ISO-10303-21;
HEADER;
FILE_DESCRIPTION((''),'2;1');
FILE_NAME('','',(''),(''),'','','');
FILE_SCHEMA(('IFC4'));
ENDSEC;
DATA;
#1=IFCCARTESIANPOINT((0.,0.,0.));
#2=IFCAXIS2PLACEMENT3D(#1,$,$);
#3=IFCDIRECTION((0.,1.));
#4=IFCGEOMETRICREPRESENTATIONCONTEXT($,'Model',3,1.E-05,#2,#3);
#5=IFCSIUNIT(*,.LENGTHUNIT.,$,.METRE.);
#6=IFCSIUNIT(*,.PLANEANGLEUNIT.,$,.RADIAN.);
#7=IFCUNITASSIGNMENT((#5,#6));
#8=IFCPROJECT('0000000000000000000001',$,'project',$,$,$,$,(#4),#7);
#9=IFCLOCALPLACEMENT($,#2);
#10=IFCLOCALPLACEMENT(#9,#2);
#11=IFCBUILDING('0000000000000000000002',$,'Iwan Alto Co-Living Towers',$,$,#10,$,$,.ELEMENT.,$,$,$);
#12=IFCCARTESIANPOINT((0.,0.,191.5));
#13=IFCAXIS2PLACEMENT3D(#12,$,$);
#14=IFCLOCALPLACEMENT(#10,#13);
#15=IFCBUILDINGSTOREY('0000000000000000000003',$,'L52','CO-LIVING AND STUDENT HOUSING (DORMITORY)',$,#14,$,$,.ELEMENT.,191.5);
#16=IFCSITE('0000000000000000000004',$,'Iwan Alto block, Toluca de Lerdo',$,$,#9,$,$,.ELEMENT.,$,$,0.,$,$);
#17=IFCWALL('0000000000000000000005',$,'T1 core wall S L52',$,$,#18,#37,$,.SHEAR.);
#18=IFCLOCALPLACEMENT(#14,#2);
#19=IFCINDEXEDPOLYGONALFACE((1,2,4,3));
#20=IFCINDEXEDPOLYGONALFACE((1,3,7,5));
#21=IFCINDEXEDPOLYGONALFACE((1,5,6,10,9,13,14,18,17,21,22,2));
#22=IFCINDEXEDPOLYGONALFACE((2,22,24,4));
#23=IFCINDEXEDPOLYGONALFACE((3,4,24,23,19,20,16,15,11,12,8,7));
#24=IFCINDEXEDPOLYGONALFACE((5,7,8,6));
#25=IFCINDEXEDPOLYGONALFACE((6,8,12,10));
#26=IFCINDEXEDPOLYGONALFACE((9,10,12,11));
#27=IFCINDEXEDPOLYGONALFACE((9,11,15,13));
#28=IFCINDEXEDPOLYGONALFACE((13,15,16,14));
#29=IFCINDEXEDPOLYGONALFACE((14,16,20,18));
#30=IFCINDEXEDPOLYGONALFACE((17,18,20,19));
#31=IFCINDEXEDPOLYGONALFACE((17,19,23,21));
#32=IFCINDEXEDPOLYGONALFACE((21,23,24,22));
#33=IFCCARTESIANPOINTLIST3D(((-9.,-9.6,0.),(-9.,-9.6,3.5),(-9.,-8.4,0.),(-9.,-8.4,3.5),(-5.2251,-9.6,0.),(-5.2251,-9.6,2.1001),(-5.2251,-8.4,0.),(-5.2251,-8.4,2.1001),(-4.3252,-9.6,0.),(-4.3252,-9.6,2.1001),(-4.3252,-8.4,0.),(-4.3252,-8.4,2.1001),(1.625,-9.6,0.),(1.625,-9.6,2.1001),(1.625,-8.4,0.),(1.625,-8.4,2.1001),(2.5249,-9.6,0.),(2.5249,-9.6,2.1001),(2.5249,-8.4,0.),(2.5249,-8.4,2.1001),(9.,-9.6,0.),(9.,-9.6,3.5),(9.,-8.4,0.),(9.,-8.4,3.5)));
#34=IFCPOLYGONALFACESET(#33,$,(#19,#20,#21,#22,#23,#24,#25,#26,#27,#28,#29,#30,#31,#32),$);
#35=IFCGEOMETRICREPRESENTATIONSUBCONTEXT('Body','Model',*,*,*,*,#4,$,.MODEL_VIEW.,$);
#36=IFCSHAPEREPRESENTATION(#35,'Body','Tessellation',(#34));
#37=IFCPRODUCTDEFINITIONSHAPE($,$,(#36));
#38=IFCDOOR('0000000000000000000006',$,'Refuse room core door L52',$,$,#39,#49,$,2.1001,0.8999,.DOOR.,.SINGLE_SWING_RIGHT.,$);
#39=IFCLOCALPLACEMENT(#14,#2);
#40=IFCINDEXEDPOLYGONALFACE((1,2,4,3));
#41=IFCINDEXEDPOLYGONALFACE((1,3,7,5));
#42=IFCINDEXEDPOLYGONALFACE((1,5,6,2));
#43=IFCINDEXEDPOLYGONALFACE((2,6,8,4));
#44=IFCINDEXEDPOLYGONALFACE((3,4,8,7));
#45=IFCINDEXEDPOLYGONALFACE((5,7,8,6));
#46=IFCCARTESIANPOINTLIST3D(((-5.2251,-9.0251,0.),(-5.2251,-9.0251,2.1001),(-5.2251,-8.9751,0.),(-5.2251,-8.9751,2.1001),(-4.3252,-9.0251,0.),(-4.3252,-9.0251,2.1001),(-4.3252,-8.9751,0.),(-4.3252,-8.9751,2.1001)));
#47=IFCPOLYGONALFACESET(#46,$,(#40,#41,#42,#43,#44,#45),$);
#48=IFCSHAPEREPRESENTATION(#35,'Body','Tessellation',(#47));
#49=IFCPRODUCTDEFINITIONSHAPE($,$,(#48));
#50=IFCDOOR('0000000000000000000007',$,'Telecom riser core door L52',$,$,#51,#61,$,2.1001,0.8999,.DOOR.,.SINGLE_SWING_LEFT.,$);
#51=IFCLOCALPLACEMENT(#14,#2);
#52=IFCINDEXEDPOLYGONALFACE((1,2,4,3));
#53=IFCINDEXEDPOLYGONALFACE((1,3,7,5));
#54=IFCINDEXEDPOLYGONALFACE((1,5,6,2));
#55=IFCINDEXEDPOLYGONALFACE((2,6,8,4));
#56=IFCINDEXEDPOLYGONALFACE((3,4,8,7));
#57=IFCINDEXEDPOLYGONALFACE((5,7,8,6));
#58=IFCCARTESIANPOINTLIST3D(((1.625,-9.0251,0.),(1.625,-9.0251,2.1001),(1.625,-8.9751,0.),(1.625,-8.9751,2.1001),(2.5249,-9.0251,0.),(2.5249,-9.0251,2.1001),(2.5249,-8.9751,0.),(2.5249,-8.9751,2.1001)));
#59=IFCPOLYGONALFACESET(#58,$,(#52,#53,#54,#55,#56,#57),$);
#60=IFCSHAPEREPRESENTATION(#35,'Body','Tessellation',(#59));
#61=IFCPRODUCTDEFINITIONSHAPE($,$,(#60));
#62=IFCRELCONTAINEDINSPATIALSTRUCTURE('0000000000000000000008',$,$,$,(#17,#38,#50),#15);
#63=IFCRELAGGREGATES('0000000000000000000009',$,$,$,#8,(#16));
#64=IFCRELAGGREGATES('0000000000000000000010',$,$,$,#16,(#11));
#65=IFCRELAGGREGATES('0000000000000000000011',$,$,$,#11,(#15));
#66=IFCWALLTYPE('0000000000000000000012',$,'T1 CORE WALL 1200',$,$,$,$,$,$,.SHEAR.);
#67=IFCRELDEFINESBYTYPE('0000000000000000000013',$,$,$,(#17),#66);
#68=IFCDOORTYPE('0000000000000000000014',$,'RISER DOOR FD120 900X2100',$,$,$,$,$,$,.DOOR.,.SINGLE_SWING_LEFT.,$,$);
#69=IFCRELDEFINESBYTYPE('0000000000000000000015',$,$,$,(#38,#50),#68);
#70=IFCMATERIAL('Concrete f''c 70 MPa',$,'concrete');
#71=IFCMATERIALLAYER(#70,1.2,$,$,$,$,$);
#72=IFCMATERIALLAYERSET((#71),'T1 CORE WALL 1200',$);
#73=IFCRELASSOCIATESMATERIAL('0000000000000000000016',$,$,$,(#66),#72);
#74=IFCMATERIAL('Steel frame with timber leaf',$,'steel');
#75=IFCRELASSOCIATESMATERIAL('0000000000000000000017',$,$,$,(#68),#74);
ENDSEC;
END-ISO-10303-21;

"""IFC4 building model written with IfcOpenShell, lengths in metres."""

from ifc_helpers import new_model, si_unit, direction, frame, frame_2d, origin, place, context, subcontext, project, spatial, rectangle, extrude, material, layer, layer_set, type_object, element, fill, save


model = new_model("IFC4")

# Units and contexts
model_context = context("Model", 3, precision=1e-05, world=origin(), true_north=direction((0.0, 1.0)))
body_context = subcontext(model_context, "Body", "Model", "MODEL_VIEW")
ifc_project = project(units=[si_unit("LENGTHUNIT", "METRE"), si_unit("PLANEANGLEUNIT", "RADIAN")], contexts=[model_context])

# Site, building, storey
site_placement = place(None, origin())
site = spatial("IfcSite", under=ifc_project, at=site_placement, Name="Iwan Alto block, Toluca de Lerdo", CompositionType="ELEMENT", RefElevation=0.0)
building_placement = place(site_placement, origin())
building = spatial("IfcBuilding", under=site, at=building_placement, Name="Iwan Alto Co-Living Towers", CompositionType="ELEMENT")
storey_placement = place(building_placement, frame((0.0, 0.0, 191.5)))
storey = spatial("IfcBuildingStorey", under=building, at=storey_placement, Name="L52", Description="CO-LIVING AND STUDENT HOUSING (DORMITORY)", CompositionType="ELEMENT", Elevation=191.5)

# Wall, openings, doors
ifc_material_1 = material(Name="Concrete f'c 70 MPa", Category="concrete")
ifc_layer_1 = layer(ifc_material_1, 1.2)
ifc_layer_set_1 = layer_set([ifc_layer_1], Name="T1 CORE WALL 1200")
wall_type_1 = type_object("IfcWallType", Name="T1 CORE WALL 1200", PredefinedType="SHEAR", material=ifc_layer_set_1)
wall_1_placement = place(storey_placement, frame((-9.0, -9.0, 0.0), z_axis=(0.0, 0.0, 1.0), x_axis=(1.0, 0.0, 0.0)))
wall_1 = element("IfcWall", 1, at=wall_1_placement, inside=storey, type_object=wall_type_1, Name="T1 core wall S L52", PredefinedType="SHEAR", context=body_context, shape_type="SweptSolid", body=[
    extrude(rectangle(XDim=18.0, YDim=1.2, at=frame_2d((9.0, 0.0))), origin(), (0.0, 0.0, 1.0), 3.5),
])
opening_1_placement = place(wall_1_placement, frame((3.7749, 0.0, 0.0)))
opening_1 = element("IfcOpeningElement", 2, at=opening_1_placement, cuts=wall_1, PredefinedType="OPENING", context=body_context, shape_type="SweptSolid", body=[
    extrude(rectangle(XDim=0.8999, YDim=2.1001, at=frame_2d((0.45, 1.05))), frame((0.0, 0.6099, 0.0), z_axis=(0.0, -1.0, 0.0), x_axis=(1.0, 0.0, 0.0)), (0.0, 0.0, 1.0), 1.22),
])
opening_2_placement = place(wall_1_placement, frame((10.625, 0.0, 0.0)))
opening_2 = element("IfcOpeningElement", 3, at=opening_2_placement, cuts=wall_1, PredefinedType="OPENING", context=body_context, shape_type="SweptSolid", body=[
    extrude(rectangle(XDim=0.8999, YDim=2.1001, at=frame_2d((0.45, 1.05))), frame((0.0, 0.6099, 0.0), z_axis=(0.0, -1.0, 0.0), x_axis=(1.0, 0.0, 0.0)), (0.0, 0.0, 1.0), 1.22),
])
ifc_material_2 = material(Name="Steel frame with timber leaf", Category="steel")
door_type_1 = type_object("IfcDoorType", Name="RISER DOOR FD120 900X2100", OperationType="SINGLE_SWING_LEFT", PredefinedType="DOOR", material=ifc_material_2)
door_1_placement = place(opening_1_placement, origin())
door_1 = element("IfcDoor", 4, at=door_1_placement, inside=storey, type_object=door_type_1, Name="Refuse room core door L52", OperationType="SINGLE_SWING_RIGHT", OverallHeight=2.1001, OverallWidth=0.8999, PredefinedType="DOOR", context=body_context, shape_type="SweptSolid", body=[
    extrude(rectangle(XDim=0.8999, YDim=2.1001, at=frame_2d((0.45, 1.05))), frame((0.0, 0.0249, 0.0), z_axis=(0.0, -1.0, 0.0), x_axis=(1.0, 0.0, 0.0)), (0.0, 0.0, 1.0), 0.05),
])
fill(opening_1, door_1)
door_2_placement = place(opening_2_placement, origin())
door_2 = element("IfcDoor", 5, at=door_2_placement, inside=storey, type_object=door_type_1, Name="Telecom riser core door L52", OperationType="SINGLE_SWING_LEFT", OverallHeight=2.1001, OverallWidth=0.8999, PredefinedType="DOOR", context=body_context, shape_type="SweptSolid", body=[
    extrude(rectangle(XDim=0.8999, YDim=2.1001, at=frame_2d((0.45, 1.05))), frame((0.0, 0.0249, 0.0), z_axis=(0.0, -1.0, 0.0), x_axis=(1.0, 0.0, 0.0)), (0.0, 0.0, 1.0), 0.05),
])
fill(opening_2, door_2)

save(model, "model.ifc")
